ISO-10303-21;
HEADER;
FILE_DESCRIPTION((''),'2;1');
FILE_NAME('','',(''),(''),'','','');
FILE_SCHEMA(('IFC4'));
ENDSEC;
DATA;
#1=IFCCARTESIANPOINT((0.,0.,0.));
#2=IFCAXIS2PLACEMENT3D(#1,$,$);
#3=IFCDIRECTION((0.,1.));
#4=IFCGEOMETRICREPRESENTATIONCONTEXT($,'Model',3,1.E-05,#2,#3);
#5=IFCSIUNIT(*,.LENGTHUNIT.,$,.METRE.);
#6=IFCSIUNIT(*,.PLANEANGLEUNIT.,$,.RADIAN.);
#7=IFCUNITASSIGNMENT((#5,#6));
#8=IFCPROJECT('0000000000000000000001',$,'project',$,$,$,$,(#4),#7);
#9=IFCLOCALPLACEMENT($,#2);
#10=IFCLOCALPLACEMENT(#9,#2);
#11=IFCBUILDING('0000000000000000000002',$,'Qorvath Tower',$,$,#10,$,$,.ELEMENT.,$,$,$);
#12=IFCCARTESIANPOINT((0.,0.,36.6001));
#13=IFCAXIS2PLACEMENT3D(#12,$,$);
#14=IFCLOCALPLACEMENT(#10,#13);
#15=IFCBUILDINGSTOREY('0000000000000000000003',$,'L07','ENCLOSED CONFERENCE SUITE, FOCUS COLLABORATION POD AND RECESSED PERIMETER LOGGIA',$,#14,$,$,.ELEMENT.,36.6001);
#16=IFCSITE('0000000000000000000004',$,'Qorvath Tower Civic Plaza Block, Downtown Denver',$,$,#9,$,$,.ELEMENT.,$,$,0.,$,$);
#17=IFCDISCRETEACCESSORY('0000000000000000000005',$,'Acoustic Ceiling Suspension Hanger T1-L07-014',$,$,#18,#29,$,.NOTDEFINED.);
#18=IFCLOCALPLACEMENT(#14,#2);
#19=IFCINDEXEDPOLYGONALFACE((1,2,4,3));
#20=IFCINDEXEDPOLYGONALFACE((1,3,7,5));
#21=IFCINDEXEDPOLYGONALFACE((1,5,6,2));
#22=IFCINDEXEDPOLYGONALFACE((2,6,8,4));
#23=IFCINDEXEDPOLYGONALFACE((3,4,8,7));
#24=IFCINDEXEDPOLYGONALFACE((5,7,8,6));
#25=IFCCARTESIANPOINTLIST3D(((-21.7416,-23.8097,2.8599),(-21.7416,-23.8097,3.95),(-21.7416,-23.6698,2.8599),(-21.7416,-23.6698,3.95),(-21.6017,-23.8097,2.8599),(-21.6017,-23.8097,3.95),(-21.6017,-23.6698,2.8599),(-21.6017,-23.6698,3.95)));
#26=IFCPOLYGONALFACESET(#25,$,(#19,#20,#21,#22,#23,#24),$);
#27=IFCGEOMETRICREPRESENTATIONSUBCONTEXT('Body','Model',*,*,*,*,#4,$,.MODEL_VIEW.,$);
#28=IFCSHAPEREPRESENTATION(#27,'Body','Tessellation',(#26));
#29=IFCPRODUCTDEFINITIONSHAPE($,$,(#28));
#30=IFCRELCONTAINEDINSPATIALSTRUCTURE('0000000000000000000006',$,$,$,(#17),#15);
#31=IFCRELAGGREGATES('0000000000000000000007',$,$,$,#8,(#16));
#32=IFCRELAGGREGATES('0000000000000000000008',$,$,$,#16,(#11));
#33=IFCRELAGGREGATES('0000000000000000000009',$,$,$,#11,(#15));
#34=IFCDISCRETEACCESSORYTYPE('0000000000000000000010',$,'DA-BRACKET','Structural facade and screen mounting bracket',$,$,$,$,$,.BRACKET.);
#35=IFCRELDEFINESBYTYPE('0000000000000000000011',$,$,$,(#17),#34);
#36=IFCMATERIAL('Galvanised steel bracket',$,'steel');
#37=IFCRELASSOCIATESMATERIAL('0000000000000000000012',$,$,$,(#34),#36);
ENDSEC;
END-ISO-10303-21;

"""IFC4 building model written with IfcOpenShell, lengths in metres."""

from ifc_helpers import new_model, si_unit, direction, frame, origin, origin_2d, place, context, subcontext, project, spatial, rectangle, extrude, material, type_object, element, save


model = new_model("IFC4")

# Units and contexts
model_context = context("Model", 3, precision=1e-05, world=origin(), true_north=direction((0.0, 1.0)))
body_context = subcontext(model_context, "Body", "Model", "MODEL_VIEW")
ifc_project = project(units=[si_unit("LENGTHUNIT", "METRE"), si_unit("PLANEANGLEUNIT", "RADIAN")], contexts=[model_context])

# Site, building, storey
site_placement = place(None, origin())
site = spatial("IfcSite", under=ifc_project, at=site_placement, Name="Qorvath Tower Civic Plaza Block, Downtown Denver", CompositionType="ELEMENT", RefElevation=0.0)
building_placement = place(site_placement, origin())
building = spatial("IfcBuilding", under=site, at=building_placement, Name="Qorvath Tower", CompositionType="ELEMENT")
storey_placement = place(building_placement, frame((0.0, 0.0, 36.6001)))
storey = spatial("IfcBuildingStorey", under=building, at=storey_placement, Name="L07", Description="ENCLOSED CONFERENCE SUITE, FOCUS COLLABORATION POD AND RECESSED PERIMETER LOGGIA", CompositionType="ELEMENT", Elevation=36.6001)

# Discrete accessory
ifc_material_1 = material(Name="Galvanised steel bracket", Category="steel")
discrete_accessory_type = type_object("IfcDiscreteAccessoryType", Name="DA-BRACKET", Description="Structural facade and screen mounting bracket", PredefinedType="BRACKET", material=ifc_material_1)
discrete_accessory_placement = place(storey_placement, frame((-21.6716, -23.7397, 2.8599), z_axis=(0.0, 0.0, 1.0), x_axis=(1.0, 0.0, 0.0)))
element("IfcDiscreteAccessory", 1, at=discrete_accessory_placement, inside=storey, type_object=discrete_accessory_type, Name="Acoustic Ceiling Suspension Hanger T1-L07-014", PredefinedType="NOTDEFINED", context=body_context, shape_type="SweptSolid", body=[
    extrude(rectangle(XDim=0.1399, YDim=0.1399, at=origin_2d()), origin(), (0.0, 0.0, 1.0), 1.0901),
])

save(model, "model.ifc")
